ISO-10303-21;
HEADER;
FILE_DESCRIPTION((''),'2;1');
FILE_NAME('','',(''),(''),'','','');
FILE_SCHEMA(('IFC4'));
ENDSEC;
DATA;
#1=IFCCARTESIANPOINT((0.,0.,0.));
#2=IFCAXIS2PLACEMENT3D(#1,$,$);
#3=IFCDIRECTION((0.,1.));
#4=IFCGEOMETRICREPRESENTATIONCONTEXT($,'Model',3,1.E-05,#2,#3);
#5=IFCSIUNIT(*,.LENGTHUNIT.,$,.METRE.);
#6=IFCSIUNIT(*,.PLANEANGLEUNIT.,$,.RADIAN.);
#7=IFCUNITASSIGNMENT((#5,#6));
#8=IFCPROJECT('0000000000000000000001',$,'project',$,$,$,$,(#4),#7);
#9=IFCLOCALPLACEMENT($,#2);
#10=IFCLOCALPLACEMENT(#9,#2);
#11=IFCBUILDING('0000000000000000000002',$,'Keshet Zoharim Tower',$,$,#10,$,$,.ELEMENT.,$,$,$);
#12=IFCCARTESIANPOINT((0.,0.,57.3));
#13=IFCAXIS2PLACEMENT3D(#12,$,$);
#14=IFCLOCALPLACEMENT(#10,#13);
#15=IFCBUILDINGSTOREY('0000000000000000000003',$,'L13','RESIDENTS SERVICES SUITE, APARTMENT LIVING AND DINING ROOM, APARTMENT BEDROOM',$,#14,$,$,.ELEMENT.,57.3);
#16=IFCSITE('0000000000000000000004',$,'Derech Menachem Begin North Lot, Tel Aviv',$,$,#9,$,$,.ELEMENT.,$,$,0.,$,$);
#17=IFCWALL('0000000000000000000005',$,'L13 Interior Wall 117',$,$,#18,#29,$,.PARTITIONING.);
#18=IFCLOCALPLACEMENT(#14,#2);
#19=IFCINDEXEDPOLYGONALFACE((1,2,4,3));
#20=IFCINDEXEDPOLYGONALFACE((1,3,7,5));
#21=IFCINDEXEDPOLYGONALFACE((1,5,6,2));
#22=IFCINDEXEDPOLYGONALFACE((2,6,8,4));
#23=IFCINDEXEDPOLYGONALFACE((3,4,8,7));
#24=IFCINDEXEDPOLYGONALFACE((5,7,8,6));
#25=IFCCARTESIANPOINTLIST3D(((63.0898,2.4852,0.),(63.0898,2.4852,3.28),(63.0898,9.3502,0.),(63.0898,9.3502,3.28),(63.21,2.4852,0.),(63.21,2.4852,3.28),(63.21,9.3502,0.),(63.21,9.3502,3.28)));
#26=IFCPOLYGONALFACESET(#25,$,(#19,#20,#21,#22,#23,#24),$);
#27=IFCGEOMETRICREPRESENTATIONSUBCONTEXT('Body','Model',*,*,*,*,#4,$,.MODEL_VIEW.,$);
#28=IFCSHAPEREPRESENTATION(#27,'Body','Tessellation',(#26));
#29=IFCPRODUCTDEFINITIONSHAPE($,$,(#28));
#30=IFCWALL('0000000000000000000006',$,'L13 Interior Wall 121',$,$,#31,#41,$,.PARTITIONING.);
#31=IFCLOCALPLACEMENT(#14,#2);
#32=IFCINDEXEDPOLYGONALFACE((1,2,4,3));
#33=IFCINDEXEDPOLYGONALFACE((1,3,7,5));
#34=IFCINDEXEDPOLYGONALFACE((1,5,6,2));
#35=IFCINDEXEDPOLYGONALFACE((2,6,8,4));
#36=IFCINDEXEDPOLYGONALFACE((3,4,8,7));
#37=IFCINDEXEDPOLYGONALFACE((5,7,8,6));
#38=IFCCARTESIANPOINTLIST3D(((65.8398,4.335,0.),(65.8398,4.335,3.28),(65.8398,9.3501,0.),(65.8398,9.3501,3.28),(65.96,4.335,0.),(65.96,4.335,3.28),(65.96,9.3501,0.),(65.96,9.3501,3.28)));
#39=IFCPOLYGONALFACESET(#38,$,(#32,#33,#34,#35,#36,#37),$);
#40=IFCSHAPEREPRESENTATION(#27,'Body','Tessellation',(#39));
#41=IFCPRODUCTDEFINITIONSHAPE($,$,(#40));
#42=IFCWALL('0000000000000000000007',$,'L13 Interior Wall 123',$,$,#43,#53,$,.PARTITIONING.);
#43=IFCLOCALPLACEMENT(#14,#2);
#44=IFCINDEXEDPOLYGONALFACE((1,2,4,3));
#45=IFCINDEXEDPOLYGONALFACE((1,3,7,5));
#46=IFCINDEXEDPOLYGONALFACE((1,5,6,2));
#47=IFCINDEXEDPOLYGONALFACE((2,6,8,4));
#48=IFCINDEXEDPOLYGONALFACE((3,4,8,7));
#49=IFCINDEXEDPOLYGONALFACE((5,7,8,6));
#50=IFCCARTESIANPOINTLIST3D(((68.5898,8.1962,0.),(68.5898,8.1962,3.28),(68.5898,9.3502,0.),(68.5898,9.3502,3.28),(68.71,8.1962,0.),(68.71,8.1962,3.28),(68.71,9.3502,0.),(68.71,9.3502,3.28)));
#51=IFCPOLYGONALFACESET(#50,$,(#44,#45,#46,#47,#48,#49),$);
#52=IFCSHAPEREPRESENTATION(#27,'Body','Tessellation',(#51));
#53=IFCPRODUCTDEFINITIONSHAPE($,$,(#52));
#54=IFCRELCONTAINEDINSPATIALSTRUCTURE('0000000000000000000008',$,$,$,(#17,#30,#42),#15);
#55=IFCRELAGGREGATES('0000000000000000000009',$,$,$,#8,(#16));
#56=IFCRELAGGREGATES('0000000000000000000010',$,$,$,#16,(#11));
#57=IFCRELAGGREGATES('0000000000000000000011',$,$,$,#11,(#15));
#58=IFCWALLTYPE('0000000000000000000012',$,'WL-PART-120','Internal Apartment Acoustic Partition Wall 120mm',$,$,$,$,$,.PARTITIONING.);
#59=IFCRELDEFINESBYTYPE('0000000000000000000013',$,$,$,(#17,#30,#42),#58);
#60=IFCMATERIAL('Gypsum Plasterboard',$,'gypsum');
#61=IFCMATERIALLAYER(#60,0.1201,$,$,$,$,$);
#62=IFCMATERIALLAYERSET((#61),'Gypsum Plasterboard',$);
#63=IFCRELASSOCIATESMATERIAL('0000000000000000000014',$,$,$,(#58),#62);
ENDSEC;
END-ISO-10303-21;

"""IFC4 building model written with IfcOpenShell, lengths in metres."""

from ifc_helpers import new_model, si_unit, direction, frame, frame_2d, origin, place, context, subcontext, project, spatial, rectangle, extrude, material, layer, layer_set, type_object, element, save


model = new_model("IFC4")

# Units and contexts
model_context = context("Model", 3, precision=1e-05, world=origin(), true_north=direction((0.0, 1.0)))
body_context = subcontext(model_context, "Body", "Model", "MODEL_VIEW")
ifc_project = project(units=[si_unit("LENGTHUNIT", "METRE"), si_unit("PLANEANGLEUNIT", "RADIAN")], contexts=[model_context])

# Site, building, storey
site_placement = place(None, origin())
site = spatial("IfcSite", under=ifc_project, at=site_placement, Name="Derech Menachem Begin North Lot, Tel Aviv", CompositionType="ELEMENT", RefElevation=0.0)
building_placement = place(site_placement, origin())
building = spatial("IfcBuilding", under=site, at=building_placement, Name="Keshet Zoharim Tower", CompositionType="ELEMENT")
storey_placement = place(building_placement, frame((0.0, 0.0, 57.3)))
storey = spatial("IfcBuildingStorey", under=building, at=storey_placement, Name="L13", Description="RESIDENTS SERVICES SUITE, APARTMENT LIVING AND DINING ROOM, APARTMENT BEDROOM", CompositionType="ELEMENT", Elevation=57.3)

# Walls
ifc_material_1 = material(Name="Gypsum Plasterboard", Category="gypsum")
ifc_layer_1 = layer(ifc_material_1, 0.1201)
ifc_layer_set_1 = layer_set([ifc_layer_1], Name="Gypsum Plasterboard")
wall_type = type_object("IfcWallType", Name="WL-PART-120", Description="Internal Apartment Acoustic Partition Wall 120mm", PredefinedType="PARTITIONING", material=ifc_layer_set_1)
wall_1_placement = place(storey_placement, frame((63.1499, 2.4851, 0.0), z_axis=(0.0, 0.0, 1.0), x_axis=(0.0, 1.0, 0.0)))
element("IfcWall", 1, at=wall_1_placement, inside=storey, type_object=wall_type, Name="L13 Interior Wall 117", PredefinedType="PARTITIONING", context=body_context, shape_type="SweptSolid", body=[
    extrude(rectangle(XDim=6.865, YDim=0.1201, at=frame_2d((3.4326, 0.0))), origin(), (0.0, 0.0, 1.0), 3.28),
])
wall_2_placement = place(storey_placement, frame((65.8999, 4.335, 0.0), z_axis=(0.0, 0.0, 1.0), x_axis=(0.0, 1.0, 0.0)))
element("IfcWall", 2, at=wall_2_placement, inside=storey, type_object=wall_type, Name="L13 Interior Wall 121", PredefinedType="PARTITIONING", context=body_context, shape_type="SweptSolid", body=[
    extrude(rectangle(XDim=5.0151, YDim=0.1201, at=frame_2d((2.5076, 0.0))), origin(), (0.0, 0.0, 1.0), 3.28),
])
wall_3_placement = place(storey_placement, frame((68.6499, 8.196, 0.0), z_axis=(0.0, 0.0, 1.0), x_axis=(0.0, 1.0, 0.0)))
element("IfcWall", 3, at=wall_3_placement, inside=storey, type_object=wall_type, Name="L13 Interior Wall 123", PredefinedType="PARTITIONING", context=body_context, shape_type="SweptSolid", body=[
    extrude(rectangle(XDim=1.1541, YDim=0.1201, at=frame_2d((0.5771, 0.0))), origin(), (0.0, 0.0, 1.0), 3.28),
])

save(model, "model.ifc")
